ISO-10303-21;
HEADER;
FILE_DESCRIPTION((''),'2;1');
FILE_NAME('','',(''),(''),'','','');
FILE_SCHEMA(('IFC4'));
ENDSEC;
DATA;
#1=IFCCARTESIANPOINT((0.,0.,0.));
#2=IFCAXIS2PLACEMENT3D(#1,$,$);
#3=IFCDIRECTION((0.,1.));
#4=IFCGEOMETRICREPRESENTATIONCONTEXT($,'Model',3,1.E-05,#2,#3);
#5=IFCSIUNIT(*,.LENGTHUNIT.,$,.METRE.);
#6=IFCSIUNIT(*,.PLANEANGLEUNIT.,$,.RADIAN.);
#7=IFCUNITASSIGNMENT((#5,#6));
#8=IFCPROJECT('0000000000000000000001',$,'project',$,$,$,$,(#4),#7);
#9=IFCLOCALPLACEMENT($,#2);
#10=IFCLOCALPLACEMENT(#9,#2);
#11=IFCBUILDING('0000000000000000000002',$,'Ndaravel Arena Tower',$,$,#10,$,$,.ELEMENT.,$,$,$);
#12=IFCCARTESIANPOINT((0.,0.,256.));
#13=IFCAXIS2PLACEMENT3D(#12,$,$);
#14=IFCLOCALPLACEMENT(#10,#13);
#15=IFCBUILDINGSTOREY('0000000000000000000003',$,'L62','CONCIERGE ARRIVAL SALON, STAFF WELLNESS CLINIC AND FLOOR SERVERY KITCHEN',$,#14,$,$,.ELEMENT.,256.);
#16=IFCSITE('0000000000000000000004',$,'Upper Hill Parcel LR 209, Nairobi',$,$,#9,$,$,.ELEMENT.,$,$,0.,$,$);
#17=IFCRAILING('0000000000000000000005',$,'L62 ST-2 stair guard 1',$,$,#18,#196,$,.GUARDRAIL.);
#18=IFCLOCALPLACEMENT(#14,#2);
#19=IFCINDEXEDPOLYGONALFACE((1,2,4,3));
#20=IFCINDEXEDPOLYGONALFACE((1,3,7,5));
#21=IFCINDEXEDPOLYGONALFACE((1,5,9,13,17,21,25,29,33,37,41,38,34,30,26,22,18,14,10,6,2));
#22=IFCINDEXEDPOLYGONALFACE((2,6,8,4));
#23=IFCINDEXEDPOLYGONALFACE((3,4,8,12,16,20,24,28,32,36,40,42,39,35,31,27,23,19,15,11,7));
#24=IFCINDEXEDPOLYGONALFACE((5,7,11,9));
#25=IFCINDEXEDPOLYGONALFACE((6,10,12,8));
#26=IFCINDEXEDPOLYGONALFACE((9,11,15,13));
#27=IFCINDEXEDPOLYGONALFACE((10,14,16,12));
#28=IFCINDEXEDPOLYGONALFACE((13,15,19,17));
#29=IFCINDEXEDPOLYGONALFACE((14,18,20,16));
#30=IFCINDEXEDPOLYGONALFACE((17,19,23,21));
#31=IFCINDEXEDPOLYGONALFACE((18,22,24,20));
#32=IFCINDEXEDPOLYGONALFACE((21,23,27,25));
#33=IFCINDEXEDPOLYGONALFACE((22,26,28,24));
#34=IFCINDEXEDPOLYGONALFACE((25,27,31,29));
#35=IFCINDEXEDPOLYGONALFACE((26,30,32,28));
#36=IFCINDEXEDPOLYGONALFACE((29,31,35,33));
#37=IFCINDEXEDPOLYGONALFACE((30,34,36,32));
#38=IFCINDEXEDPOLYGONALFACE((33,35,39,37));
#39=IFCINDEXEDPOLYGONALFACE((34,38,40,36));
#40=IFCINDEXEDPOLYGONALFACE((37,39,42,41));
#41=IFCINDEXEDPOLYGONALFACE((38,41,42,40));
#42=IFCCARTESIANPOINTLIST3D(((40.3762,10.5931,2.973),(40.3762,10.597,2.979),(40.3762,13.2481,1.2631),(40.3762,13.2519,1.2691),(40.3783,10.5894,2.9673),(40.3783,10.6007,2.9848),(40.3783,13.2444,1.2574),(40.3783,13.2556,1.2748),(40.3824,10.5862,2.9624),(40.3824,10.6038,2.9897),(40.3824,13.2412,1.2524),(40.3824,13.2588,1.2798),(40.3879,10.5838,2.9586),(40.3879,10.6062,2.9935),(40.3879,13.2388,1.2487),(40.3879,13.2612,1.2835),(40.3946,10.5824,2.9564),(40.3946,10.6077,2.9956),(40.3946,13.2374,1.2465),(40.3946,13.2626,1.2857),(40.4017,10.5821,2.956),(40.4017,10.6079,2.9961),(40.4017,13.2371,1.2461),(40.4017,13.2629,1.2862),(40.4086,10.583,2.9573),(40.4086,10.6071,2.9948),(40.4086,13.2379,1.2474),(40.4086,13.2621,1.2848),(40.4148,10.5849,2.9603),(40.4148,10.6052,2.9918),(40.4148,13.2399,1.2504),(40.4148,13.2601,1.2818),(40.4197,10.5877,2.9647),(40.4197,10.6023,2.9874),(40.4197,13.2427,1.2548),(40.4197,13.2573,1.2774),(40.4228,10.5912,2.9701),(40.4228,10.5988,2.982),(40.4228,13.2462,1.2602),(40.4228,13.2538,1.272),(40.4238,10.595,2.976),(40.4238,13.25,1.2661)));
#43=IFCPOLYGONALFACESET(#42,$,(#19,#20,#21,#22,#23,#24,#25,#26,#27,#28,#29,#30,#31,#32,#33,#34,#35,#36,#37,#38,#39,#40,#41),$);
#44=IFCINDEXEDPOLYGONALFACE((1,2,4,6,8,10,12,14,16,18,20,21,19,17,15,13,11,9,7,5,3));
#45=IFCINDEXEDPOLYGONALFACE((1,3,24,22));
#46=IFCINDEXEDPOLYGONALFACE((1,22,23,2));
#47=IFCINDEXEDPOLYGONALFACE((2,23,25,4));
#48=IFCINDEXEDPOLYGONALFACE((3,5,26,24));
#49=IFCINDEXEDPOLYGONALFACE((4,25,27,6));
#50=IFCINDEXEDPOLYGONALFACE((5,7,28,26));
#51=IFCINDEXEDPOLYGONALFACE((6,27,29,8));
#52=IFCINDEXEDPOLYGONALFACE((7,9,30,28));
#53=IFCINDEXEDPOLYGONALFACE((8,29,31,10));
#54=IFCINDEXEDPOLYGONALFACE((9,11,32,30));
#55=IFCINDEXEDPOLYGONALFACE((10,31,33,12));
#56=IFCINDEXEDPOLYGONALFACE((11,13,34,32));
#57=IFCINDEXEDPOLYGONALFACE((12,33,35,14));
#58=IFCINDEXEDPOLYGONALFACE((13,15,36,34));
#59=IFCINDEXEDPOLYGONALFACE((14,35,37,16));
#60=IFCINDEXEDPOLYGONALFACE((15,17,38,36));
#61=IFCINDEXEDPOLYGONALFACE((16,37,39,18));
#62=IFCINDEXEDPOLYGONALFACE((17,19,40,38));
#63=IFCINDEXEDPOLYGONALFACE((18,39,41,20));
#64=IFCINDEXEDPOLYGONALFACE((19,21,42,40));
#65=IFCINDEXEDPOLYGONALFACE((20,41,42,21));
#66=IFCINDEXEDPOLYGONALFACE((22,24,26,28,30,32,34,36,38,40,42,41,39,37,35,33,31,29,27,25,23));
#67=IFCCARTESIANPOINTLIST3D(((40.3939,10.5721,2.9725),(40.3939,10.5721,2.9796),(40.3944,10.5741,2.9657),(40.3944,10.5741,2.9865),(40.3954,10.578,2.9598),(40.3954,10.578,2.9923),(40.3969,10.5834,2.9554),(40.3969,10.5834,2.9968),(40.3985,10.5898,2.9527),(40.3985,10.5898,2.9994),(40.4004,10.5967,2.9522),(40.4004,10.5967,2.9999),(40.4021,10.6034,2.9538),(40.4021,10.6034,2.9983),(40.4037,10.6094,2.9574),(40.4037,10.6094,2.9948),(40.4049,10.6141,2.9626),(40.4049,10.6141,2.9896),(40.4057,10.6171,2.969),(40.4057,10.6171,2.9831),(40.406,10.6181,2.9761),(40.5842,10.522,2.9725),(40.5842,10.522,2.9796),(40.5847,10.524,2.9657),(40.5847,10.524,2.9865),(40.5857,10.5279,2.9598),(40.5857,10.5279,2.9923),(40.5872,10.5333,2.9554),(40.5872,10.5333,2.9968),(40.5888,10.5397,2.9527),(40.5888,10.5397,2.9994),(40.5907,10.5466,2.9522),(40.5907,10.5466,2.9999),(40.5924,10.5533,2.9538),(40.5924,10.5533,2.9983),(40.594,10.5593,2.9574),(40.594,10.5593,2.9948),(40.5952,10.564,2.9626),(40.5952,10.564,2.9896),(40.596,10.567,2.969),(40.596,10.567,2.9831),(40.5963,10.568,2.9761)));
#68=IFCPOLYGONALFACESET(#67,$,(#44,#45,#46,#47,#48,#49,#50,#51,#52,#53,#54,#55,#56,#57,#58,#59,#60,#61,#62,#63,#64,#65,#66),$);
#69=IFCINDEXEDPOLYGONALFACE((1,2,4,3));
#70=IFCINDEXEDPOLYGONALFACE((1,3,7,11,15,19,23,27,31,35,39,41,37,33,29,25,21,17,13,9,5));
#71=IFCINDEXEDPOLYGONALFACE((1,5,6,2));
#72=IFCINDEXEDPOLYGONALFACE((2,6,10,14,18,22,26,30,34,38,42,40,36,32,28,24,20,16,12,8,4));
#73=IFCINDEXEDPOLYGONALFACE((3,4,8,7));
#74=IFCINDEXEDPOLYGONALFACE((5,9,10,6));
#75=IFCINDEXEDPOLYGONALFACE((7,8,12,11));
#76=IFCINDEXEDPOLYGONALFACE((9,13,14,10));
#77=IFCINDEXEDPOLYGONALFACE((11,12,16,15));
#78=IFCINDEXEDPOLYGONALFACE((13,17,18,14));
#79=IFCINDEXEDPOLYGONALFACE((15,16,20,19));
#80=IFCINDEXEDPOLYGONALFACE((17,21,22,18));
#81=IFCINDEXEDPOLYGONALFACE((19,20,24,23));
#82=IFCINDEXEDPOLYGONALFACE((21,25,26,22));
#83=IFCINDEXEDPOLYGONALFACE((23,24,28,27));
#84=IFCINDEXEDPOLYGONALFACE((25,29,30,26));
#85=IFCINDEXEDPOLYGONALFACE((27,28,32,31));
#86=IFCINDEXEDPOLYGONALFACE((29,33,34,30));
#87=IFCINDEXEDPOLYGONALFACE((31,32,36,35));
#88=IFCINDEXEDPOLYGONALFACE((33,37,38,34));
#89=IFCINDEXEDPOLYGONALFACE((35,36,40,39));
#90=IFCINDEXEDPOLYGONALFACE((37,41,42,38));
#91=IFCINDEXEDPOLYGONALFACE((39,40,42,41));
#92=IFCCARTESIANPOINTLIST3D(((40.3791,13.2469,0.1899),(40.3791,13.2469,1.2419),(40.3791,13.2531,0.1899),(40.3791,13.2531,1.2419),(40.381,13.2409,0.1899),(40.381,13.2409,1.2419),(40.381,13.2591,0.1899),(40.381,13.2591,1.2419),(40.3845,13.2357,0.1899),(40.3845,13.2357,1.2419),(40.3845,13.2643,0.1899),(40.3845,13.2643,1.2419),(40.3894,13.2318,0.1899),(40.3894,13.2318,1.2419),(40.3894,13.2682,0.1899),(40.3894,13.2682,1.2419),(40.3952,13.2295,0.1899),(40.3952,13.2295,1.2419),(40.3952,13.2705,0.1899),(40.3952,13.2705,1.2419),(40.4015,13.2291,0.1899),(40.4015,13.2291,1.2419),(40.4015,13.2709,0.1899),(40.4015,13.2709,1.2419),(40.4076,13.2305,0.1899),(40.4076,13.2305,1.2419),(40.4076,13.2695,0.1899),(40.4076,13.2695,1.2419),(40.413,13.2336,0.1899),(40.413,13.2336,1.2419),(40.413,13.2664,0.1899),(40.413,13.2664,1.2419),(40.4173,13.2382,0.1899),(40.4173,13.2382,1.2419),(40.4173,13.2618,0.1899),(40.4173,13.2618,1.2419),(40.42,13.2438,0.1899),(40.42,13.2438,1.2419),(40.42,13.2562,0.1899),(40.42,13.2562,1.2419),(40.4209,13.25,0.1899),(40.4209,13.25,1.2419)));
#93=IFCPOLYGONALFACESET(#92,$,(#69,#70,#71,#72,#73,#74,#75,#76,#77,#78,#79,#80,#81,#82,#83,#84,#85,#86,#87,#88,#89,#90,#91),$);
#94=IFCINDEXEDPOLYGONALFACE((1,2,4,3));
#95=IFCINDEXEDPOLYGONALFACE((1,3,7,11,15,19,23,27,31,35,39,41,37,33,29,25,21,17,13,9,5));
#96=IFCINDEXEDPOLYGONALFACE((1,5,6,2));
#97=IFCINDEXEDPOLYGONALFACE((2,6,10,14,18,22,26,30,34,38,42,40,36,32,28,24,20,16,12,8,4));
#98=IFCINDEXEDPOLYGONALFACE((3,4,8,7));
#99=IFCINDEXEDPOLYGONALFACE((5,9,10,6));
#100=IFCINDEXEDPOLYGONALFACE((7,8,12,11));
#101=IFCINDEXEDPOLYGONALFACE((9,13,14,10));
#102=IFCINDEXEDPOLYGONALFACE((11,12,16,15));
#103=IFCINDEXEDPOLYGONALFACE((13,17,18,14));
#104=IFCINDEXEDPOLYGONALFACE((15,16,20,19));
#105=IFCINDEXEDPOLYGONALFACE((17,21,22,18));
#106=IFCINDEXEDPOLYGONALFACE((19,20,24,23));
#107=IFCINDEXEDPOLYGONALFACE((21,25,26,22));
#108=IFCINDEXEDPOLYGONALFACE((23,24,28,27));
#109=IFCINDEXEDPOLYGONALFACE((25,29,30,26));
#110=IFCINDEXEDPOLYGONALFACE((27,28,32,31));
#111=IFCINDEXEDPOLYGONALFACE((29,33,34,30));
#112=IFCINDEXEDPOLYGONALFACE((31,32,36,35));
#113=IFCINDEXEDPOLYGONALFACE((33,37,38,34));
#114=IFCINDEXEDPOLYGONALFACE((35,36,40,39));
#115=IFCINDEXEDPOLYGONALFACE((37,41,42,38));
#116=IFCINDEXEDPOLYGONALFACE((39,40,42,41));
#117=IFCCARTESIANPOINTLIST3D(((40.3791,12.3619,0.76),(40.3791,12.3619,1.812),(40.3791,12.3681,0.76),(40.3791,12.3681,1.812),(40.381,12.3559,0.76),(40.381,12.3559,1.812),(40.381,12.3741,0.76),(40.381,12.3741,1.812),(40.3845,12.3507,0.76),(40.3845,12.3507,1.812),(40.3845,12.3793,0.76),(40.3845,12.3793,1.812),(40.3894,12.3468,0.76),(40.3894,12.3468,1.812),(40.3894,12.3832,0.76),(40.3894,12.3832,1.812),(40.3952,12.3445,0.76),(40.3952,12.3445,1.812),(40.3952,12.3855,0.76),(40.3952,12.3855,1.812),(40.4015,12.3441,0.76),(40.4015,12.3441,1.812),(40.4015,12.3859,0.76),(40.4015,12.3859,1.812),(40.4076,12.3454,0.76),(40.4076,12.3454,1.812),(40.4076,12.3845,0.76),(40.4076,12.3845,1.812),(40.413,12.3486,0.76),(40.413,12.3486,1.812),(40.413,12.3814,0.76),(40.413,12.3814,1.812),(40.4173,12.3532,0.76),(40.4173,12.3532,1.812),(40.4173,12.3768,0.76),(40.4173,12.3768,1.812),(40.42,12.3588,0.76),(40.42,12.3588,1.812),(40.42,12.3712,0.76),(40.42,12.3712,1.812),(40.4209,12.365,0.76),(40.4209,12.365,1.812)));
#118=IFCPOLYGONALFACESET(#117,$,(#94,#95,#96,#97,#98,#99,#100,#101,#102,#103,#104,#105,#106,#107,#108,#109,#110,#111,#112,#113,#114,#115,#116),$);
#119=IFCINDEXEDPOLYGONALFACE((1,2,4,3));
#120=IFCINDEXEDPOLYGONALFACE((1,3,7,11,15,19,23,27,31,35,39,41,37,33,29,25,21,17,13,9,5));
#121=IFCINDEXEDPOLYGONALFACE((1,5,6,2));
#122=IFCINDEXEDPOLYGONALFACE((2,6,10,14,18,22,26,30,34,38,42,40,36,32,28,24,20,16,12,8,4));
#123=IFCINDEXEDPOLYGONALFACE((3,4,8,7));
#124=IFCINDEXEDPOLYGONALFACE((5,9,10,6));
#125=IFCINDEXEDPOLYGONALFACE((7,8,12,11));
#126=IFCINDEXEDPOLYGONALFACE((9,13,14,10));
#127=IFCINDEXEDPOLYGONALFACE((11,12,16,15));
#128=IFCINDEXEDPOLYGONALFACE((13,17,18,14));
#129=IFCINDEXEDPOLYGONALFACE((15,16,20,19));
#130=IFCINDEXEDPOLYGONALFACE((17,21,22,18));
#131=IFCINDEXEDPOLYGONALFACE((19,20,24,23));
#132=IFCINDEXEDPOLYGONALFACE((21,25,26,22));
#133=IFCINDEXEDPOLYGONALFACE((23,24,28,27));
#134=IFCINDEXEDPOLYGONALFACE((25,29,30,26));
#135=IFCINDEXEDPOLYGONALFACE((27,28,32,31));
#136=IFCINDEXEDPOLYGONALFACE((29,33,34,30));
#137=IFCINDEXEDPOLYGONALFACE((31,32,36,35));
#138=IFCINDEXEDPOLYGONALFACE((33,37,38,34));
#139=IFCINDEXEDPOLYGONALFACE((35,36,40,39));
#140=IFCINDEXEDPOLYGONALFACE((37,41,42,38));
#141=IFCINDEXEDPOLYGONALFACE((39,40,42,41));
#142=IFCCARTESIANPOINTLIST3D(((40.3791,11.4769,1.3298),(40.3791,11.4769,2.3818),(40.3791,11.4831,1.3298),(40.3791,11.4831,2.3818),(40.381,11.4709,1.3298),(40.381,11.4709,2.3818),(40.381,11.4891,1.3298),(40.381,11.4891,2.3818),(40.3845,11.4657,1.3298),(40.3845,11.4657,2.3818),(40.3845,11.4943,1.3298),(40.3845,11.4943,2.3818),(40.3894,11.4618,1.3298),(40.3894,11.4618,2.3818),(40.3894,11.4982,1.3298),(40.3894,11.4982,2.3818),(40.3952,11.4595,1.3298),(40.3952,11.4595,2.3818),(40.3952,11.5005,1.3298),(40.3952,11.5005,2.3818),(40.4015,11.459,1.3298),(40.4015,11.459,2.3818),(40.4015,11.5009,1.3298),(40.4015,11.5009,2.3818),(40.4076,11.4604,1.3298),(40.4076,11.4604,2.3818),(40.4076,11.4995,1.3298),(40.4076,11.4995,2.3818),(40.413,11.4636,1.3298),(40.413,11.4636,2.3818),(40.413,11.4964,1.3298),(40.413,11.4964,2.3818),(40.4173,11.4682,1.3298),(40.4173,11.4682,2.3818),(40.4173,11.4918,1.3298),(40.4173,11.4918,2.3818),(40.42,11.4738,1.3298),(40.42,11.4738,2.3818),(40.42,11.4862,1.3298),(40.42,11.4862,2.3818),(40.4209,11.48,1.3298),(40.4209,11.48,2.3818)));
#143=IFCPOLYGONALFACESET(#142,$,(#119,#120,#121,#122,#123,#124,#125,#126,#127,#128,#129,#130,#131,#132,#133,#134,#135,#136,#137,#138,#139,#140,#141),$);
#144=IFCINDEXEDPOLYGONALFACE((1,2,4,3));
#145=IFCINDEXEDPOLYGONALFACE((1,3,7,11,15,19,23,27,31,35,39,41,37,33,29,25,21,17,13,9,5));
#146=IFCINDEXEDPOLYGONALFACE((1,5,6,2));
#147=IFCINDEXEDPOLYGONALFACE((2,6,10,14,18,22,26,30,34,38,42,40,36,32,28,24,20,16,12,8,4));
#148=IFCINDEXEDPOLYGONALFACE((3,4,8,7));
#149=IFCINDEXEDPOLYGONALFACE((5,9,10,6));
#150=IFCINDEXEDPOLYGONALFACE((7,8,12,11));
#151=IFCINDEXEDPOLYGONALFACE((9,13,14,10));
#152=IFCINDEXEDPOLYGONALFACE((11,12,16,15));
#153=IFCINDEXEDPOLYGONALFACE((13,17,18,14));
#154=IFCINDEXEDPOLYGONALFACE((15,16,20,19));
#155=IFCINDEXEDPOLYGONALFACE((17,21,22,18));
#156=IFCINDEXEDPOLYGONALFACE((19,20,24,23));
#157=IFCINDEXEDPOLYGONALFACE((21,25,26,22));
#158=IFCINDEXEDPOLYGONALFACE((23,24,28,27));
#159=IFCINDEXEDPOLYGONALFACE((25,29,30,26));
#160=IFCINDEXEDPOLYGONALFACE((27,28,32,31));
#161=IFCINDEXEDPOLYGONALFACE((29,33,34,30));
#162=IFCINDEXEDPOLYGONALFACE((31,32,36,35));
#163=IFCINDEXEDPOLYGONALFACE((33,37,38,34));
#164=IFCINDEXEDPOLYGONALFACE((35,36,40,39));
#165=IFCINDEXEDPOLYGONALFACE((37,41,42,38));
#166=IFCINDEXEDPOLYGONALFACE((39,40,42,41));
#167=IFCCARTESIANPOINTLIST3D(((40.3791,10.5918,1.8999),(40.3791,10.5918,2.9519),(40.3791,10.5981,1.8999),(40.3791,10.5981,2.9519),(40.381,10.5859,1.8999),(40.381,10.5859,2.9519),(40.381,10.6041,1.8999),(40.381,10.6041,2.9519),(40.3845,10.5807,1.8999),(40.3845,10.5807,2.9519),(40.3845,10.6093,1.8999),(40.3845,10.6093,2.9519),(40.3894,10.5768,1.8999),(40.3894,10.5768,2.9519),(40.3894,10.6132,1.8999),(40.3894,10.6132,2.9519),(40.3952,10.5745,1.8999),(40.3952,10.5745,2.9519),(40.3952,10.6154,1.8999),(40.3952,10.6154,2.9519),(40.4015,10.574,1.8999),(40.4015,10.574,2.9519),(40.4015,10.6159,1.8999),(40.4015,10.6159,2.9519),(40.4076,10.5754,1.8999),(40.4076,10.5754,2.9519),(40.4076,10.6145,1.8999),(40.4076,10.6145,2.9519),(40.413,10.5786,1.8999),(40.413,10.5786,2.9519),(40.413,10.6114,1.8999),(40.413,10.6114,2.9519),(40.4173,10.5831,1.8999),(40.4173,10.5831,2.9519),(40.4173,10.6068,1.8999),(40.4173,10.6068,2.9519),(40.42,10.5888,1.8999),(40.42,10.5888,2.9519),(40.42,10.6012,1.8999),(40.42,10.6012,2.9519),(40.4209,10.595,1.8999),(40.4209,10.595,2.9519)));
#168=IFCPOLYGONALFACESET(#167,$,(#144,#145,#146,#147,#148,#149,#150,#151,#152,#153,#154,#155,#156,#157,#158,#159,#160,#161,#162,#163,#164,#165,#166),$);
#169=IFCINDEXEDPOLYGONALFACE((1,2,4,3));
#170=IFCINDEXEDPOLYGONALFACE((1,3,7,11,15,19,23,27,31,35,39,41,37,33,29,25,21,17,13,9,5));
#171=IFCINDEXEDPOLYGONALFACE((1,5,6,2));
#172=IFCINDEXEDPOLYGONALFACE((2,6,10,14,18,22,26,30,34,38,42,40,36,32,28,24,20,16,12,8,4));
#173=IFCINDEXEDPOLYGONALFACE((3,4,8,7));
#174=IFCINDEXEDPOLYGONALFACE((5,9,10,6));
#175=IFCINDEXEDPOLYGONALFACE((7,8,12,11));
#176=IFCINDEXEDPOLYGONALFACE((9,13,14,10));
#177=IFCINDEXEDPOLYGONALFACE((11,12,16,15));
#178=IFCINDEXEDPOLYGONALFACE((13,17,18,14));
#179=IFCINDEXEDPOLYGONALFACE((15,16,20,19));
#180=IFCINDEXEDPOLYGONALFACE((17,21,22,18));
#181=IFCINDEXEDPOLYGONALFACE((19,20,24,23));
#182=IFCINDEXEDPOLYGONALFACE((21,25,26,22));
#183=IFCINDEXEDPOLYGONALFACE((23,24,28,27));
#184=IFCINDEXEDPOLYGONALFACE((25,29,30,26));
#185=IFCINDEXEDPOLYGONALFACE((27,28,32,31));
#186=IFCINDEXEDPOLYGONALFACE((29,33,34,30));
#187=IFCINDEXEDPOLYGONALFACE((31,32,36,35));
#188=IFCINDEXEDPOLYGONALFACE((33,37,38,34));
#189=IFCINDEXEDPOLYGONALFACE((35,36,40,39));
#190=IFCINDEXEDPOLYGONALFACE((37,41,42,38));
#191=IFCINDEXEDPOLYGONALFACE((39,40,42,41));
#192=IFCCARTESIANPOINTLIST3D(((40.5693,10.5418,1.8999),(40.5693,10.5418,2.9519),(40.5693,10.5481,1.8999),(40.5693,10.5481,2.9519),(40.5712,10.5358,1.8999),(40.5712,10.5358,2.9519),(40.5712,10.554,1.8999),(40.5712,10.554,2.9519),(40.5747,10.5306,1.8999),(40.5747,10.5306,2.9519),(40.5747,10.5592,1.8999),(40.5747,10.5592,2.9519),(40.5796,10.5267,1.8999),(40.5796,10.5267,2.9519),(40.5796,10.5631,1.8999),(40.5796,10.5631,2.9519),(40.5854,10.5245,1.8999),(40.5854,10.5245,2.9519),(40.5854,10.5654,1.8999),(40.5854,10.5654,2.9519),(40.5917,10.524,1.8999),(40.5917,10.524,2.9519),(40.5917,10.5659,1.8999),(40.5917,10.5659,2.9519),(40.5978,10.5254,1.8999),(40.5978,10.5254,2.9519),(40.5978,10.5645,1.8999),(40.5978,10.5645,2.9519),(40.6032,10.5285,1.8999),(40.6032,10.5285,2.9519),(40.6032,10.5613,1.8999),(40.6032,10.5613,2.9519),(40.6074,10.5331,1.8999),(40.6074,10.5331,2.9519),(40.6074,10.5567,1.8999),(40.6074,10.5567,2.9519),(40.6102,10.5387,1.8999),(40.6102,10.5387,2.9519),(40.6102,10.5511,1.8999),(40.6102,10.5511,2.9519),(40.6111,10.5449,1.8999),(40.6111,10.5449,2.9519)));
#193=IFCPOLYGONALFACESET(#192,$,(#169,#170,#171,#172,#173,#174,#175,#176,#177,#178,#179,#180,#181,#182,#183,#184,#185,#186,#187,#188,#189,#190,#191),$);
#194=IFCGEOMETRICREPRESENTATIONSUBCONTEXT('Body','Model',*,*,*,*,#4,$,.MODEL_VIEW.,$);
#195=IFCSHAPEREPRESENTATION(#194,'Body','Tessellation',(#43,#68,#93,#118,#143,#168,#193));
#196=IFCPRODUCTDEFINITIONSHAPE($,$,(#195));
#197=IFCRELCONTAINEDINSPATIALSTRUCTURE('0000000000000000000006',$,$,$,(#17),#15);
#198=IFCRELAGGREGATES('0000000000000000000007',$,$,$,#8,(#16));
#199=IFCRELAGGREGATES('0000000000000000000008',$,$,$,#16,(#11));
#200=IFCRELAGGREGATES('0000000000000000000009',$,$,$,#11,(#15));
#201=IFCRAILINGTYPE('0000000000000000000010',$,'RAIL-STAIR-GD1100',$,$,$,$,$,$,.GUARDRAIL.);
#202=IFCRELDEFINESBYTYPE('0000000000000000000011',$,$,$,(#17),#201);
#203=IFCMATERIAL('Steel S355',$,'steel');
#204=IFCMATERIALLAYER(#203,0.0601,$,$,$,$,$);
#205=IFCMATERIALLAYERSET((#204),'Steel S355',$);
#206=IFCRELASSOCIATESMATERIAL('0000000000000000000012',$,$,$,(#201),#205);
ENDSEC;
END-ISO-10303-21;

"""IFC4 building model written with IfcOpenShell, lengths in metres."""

from ifc_helpers import new_model, si_unit, direction, frame, origin, origin_2d, place, context, subcontext, project, spatial, circle, extrude, material, layer, layer_set, type_object, element, save


model = new_model("IFC4")

# Units and contexts
model_context = context("Model", 3, precision=1e-05, world=origin(), true_north=direction((0.0, 1.0)))
body_context = subcontext(model_context, "Body", "Model", "MODEL_VIEW")
ifc_project = project(units=[si_unit("LENGTHUNIT", "METRE"), si_unit("PLANEANGLEUNIT", "RADIAN")], contexts=[model_context])

# Site, building, storey
site_placement = place(None, origin())
site = spatial("IfcSite", under=ifc_project, at=site_placement, Name="Upper Hill Parcel LR 209, Nairobi", CompositionType="ELEMENT", RefElevation=0.0)
building_placement = place(site_placement, origin())
building = spatial("IfcBuilding", under=site, at=building_placement, Name="Ndaravel Arena Tower", CompositionType="ELEMENT")
storey_placement = place(building_placement, frame((0.0, 0.0, 256.0)))
storey = spatial("IfcBuildingStorey", under=building, at=storey_placement, Name="L62", Description="CONCIERGE ARRIVAL SALON, STAFF WELLNESS CLINIC AND FLOOR SERVERY KITCHEN", CompositionType="ELEMENT", Elevation=256.0)

# Railing
ifc_material_1 = material(Name="Steel S355", Category="steel")
ifc_layer_1 = layer(ifc_material_1, 0.0601)
ifc_layer_set_1 = layer_set([ifc_layer_1], Name="Steel S355")
railing_type_1 = type_object("IfcRailingType", Name="RAIL-STAIR-GD1100", PredefinedType="GUARDRAIL", material=ifc_layer_set_1)
railing_1_placement = place(storey_placement, frame((40.3999, 13.25, 0.1899)))
element("IfcRailing", 1, at=railing_1_placement, inside=storey, type_object=railing_type_1, Name="L62 ST-2 stair guard 1", PredefinedType="GUARDRAIL", context=body_context, shape_type="SweptSolid", body=[
    extrude(circle(Radius=0.0239, at=origin_2d()), frame((0.0, 0.0, 1.0762), z_axis=(0.0, -0.840724, 0.541465), x_axis=(1.0, 0.0, 0.0)), (0.0, 0.0, 1.0), 3.158),
    extrude(circle(Radius=0.0239, at=origin_2d()), frame((0.0, -2.655, 2.7861), z_axis=(0.967075, -0.254493, 0.0), x_axis=(0.254493, 0.967075, 0.0)), (0.0, 0.0, 1.0), 0.1968),
    extrude(circle(Radius=0.021, at=origin_2d()), origin(), (0.0, 0.0, 1.0), 1.052),
    extrude(circle(Radius=0.021, at=origin_2d()), frame((0.0, -0.885, 0.5701)), (0.0, 0.0, 1.0), 1.052),
    extrude(circle(Radius=0.021, at=origin_2d()), frame((0.0, -1.77, 1.1399)), (0.0, 0.0, 1.0), 1.052),
    extrude(circle(Radius=0.021, at=origin_2d()), frame((0.0, -2.655, 1.71)), (0.0, 0.0, 1.0), 1.052),
    extrude(circle(Radius=0.021, at=origin_2d()), frame((0.1902, -2.7051, 1.71)), (0.0, 0.0, 1.0), 1.052),
])

save(model, "model.ifc")
